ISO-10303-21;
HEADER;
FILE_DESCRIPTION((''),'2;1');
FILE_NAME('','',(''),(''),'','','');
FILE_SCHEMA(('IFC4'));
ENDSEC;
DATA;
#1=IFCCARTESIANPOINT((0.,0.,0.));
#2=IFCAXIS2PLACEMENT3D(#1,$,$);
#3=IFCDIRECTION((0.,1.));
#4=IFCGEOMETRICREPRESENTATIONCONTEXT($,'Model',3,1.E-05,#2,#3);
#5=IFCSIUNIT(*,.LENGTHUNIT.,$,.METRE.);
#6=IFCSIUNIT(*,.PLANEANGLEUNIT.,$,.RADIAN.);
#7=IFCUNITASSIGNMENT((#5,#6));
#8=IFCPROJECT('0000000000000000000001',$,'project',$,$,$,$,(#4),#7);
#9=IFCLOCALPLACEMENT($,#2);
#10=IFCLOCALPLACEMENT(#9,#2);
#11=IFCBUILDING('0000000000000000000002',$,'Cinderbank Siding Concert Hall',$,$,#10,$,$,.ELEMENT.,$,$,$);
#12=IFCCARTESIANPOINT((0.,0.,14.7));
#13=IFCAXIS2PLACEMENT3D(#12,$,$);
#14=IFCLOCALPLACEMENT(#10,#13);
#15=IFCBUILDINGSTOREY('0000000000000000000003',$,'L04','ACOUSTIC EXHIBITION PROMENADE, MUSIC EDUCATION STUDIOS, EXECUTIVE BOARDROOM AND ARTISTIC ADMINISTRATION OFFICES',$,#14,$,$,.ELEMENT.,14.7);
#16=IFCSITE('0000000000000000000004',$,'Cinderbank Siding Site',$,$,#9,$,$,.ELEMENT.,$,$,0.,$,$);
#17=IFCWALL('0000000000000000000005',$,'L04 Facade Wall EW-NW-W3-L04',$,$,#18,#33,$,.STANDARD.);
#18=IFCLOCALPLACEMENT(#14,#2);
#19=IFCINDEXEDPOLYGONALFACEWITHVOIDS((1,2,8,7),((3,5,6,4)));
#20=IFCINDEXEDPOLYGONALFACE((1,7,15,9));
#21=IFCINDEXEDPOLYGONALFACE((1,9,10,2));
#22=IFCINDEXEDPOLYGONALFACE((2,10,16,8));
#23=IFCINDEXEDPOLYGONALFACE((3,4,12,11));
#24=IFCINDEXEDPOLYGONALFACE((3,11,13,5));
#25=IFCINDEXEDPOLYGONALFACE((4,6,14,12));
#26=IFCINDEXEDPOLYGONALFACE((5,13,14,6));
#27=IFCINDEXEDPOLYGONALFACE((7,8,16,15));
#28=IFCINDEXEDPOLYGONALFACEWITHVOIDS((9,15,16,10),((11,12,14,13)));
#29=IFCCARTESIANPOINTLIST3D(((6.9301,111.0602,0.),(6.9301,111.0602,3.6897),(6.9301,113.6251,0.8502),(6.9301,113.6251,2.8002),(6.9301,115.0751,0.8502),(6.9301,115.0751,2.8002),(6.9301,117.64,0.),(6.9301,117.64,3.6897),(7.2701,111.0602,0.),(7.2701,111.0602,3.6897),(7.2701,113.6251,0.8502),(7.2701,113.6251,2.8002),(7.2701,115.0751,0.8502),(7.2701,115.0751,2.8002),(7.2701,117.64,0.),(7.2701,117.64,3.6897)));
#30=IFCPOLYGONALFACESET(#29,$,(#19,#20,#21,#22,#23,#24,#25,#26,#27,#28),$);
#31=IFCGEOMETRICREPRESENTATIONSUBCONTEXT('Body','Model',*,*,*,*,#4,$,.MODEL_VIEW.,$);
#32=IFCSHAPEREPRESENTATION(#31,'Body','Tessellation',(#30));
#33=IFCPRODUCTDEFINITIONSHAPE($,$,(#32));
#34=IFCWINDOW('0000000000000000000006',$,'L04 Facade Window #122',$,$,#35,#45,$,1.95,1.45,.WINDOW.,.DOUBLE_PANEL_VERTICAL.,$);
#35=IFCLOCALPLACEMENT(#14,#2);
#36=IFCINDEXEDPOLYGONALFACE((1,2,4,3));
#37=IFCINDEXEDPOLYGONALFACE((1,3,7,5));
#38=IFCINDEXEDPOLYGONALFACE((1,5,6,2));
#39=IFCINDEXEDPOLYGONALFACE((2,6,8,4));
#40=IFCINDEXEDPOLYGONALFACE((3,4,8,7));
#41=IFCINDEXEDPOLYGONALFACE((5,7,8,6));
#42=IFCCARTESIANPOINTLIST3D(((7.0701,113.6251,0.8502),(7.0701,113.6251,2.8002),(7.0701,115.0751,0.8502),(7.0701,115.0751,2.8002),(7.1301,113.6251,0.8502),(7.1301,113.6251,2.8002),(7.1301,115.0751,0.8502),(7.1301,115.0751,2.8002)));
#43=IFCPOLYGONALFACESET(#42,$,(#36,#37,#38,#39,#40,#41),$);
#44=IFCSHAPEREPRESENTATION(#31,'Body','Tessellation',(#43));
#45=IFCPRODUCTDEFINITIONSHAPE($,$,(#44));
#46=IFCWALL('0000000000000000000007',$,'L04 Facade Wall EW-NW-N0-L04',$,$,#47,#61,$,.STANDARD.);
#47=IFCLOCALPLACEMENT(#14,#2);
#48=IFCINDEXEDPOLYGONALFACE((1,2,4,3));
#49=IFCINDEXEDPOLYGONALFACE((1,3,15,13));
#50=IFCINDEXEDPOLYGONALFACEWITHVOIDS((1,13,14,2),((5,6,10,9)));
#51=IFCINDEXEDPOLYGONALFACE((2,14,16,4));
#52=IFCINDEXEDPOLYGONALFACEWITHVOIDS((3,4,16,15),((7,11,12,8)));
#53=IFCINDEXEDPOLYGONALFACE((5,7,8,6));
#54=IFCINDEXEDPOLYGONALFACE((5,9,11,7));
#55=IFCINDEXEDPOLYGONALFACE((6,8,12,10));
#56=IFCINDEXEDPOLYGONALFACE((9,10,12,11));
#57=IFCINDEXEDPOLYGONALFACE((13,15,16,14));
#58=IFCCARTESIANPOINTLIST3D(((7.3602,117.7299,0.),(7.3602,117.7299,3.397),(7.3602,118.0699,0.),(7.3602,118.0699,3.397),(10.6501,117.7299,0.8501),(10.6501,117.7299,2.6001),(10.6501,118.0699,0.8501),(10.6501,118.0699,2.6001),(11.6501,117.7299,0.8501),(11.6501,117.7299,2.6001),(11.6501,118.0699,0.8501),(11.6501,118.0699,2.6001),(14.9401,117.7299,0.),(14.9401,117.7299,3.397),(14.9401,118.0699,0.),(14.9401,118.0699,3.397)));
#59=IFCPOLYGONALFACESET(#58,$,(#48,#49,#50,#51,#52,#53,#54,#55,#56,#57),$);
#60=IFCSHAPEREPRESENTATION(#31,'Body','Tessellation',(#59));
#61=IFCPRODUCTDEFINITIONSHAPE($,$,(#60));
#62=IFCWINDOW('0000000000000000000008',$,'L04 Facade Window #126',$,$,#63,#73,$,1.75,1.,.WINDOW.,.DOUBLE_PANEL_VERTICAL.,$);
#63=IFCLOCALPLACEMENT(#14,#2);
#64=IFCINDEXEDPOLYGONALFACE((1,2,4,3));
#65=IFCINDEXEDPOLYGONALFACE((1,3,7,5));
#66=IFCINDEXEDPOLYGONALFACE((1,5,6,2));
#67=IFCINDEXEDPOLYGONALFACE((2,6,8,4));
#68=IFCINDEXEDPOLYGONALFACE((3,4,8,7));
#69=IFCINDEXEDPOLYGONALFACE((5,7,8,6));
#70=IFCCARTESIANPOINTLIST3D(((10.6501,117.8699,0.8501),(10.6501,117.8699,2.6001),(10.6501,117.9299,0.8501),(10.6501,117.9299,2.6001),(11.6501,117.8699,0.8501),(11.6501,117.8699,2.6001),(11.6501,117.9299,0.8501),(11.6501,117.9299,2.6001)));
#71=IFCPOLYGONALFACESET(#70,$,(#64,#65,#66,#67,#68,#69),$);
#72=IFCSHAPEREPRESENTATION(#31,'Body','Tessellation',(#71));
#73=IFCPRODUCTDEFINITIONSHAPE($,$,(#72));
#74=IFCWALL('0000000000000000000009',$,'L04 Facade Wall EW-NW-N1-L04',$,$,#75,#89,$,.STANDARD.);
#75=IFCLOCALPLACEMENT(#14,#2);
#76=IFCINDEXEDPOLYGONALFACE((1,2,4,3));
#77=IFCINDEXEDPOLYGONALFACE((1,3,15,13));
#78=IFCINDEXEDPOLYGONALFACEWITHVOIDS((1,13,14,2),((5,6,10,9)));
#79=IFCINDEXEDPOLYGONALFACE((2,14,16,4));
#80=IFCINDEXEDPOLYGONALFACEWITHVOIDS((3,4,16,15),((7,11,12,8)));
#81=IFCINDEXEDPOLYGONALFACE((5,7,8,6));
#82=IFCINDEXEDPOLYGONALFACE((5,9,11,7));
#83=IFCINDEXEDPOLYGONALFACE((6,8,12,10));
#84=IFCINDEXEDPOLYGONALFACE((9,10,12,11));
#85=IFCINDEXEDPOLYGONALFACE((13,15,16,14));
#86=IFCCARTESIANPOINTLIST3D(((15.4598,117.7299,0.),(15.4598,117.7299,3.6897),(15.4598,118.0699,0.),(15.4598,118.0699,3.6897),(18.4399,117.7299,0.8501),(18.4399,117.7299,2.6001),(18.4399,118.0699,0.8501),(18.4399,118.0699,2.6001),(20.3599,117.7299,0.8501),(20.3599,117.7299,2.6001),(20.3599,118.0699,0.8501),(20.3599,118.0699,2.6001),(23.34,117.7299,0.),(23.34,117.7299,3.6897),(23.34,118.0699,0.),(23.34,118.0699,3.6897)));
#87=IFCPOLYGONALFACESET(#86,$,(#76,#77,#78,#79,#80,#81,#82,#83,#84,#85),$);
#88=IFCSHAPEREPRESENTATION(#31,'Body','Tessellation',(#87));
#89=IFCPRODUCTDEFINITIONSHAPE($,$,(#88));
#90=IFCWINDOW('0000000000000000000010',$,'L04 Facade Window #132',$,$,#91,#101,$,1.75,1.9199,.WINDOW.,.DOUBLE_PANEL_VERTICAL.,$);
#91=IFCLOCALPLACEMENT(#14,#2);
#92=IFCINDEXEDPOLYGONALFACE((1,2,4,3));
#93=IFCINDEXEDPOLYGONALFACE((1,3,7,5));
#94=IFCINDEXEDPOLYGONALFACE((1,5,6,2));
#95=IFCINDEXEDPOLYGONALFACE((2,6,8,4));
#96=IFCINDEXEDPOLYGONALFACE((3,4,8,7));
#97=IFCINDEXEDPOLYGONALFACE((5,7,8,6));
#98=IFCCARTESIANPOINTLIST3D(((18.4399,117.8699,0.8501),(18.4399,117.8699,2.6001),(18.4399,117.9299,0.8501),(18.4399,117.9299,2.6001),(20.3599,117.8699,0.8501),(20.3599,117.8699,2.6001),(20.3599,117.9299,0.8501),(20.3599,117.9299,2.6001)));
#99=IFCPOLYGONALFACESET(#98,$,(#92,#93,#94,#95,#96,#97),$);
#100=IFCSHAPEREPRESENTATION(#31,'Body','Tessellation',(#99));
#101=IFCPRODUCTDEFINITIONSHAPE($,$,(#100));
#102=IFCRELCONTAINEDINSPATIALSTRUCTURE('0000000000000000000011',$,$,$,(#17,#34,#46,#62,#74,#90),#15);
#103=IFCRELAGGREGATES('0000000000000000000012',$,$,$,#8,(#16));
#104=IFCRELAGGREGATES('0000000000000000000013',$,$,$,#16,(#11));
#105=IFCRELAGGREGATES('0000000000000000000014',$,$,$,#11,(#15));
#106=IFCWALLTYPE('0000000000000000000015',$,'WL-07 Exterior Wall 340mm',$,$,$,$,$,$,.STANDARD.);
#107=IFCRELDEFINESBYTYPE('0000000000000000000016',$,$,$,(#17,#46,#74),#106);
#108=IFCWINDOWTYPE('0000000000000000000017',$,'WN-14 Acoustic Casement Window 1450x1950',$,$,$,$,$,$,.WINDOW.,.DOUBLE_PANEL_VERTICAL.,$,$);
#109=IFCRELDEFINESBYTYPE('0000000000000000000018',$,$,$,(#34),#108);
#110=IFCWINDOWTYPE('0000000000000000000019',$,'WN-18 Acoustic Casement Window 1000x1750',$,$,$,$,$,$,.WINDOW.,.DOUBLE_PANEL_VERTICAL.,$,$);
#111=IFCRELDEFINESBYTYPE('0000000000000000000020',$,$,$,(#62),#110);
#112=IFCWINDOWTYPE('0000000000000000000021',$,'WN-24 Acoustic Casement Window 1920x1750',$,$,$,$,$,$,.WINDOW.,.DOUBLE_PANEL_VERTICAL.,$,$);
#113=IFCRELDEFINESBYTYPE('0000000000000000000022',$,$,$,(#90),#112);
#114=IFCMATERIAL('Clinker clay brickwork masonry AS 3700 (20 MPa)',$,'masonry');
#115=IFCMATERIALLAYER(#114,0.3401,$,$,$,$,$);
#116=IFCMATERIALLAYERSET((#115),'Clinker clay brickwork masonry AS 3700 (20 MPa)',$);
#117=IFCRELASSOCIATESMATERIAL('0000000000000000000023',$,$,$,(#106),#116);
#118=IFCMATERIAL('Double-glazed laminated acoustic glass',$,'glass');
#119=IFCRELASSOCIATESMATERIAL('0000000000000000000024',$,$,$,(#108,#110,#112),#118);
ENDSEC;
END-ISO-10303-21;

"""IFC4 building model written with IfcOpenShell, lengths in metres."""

from ifc_helpers import new_model, si_unit, direction, frame, frame_2d, origin, place, context, subcontext, project, spatial, rectangle, extrude, material, layer, layer_set, type_object, element, fill, save


model = new_model("IFC4")

# Units and contexts
model_context = context("Model", 3, precision=1e-05, world=origin(), true_north=direction((0.0, 1.0)))
body_context = subcontext(model_context, "Body", "Model", "MODEL_VIEW")
ifc_project = project(units=[si_unit("LENGTHUNIT", "METRE"), si_unit("PLANEANGLEUNIT", "RADIAN")], contexts=[model_context])

# Site, building, storey
site_placement = place(None, origin())
site = spatial("IfcSite", under=ifc_project, at=site_placement, Name="Cinderbank Siding Site", CompositionType="ELEMENT", RefElevation=0.0)
building_placement = place(site_placement, origin())
building = spatial("IfcBuilding", under=site, at=building_placement, Name="Cinderbank Siding Concert Hall", CompositionType="ELEMENT")
storey_placement = place(building_placement, frame((0.0, 0.0, 14.7)))
storey = spatial("IfcBuildingStorey", under=building, at=storey_placement, Name="L04", Description="ACOUSTIC EXHIBITION PROMENADE, MUSIC EDUCATION STUDIOS, EXECUTIVE BOARDROOM AND ARTISTIC ADMINISTRATION OFFICES", CompositionType="ELEMENT", Elevation=14.7)

# Walls, openings, windows
ifc_material_1 = material(Name="Clinker clay brickwork masonry AS 3700 (20 MPa)", Category="masonry")
ifc_layer_1 = layer(ifc_material_1, 0.3401)
ifc_layer_set_1 = layer_set([ifc_layer_1], Name="Clinker clay brickwork masonry AS 3700 (20 MPa)")
wall_type_1 = type_object("IfcWallType", Name="WL-07 Exterior Wall 340mm", PredefinedType="STANDARD", material=ifc_layer_set_1)
ifc_material_2 = material(Name="Double-glazed laminated acoustic glass", Category="glass")
wall_1_placement = place(storey_placement, frame((7.1001, 111.0601, 0.0), z_axis=(0.0, 0.0, 1.0), x_axis=(0.0, 1.0, 0.0)))
wall_1 = element("IfcWall", 1, at=wall_1_placement, inside=storey, type_object=wall_type_1, Name="L04 Facade Wall EW-NW-W3-L04", PredefinedType="STANDARD", context=body_context, shape_type="SweptSolid", body=[
    extrude(rectangle(XDim=6.5798, YDim=0.3401, at=frame_2d((3.29, 0.0))), origin(), (0.0, 0.0, 1.0), 3.6897),
])
opening_1_placement = place(wall_1_placement, frame((2.5649, 0.0, 0.8501)))
opening_1 = element("IfcOpeningElement", 2, at=opening_1_placement, cuts=wall_1, PredefinedType="OPENING", context=body_context, shape_type="SweptSolid", body=[
    extrude(rectangle(XDim=1.45, YDim=1.95, at=frame_2d((0.7251, 0.9751))), frame((0.0, 0.1821, 0.0), z_axis=(0.0, -1.0, 0.0), x_axis=(1.0, 0.0, 0.0)), (0.0, 0.0, 1.0), 0.364),
])
window_type_1 = type_object("IfcWindowType", Name="WN-14 Acoustic Casement Window 1450x1950", PartitioningType="DOUBLE_PANEL_VERTICAL", PredefinedType="WINDOW", material=ifc_material_2)
window_1_placement = place(opening_1_placement, origin())
window_1 = element("IfcWindow", 3, at=window_1_placement, inside=storey, type_object=window_type_1, Name="L04 Facade Window #122", OverallHeight=1.95, OverallWidth=1.45, PartitioningType="DOUBLE_PANEL_VERTICAL", PredefinedType="WINDOW", context=body_context, shape_type="SweptSolid", body=[
    extrude(rectangle(XDim=1.45, YDim=1.95, at=frame_2d((0.7251, 0.9751))), frame((0.0, 0.03, 0.0), z_axis=(0.0, -1.0, 0.0), x_axis=(1.0, 0.0, 0.0)), (0.0, 0.0, 1.0), 0.0601),
])
fill(opening_1, window_1)
wall_2_placement = place(storey_placement, frame((7.3601, 117.8999, 0.0), z_axis=(0.0, 0.0, 1.0), x_axis=(1.0, 0.0, 0.0)))
wall_2 = element("IfcWall", 4, at=wall_2_placement, inside=storey, type_object=wall_type_1, Name="L04 Facade Wall EW-NW-N0-L04", PredefinedType="STANDARD", context=body_context, shape_type="SweptSolid", body=[
    extrude(rectangle(XDim=7.5798, YDim=0.3401, at=frame_2d((3.79, 0.0))), origin(), (0.0, 0.0, 1.0), 3.397),
])
opening_2_placement = place(wall_2_placement, frame((3.29, 0.0, 0.8501)))
opening_2 = element("IfcOpeningElement", 5, at=opening_2_placement, cuts=wall_2, PredefinedType="OPENING", context=body_context, shape_type="SweptSolid", body=[
    extrude(rectangle(XDim=1.0, YDim=1.75, at=frame_2d((0.5, 0.875))), frame((0.0, 0.1821, 0.0), z_axis=(0.0, -1.0, 0.0), x_axis=(1.0, 0.0, 0.0)), (0.0, 0.0, 1.0), 0.364),
])
window_type_2 = type_object("IfcWindowType", Name="WN-18 Acoustic Casement Window 1000x1750", PartitioningType="DOUBLE_PANEL_VERTICAL", PredefinedType="WINDOW", material=ifc_material_2)
window_2_placement = place(opening_2_placement, origin())
window_2 = element("IfcWindow", 6, at=window_2_placement, inside=storey, type_object=window_type_2, Name="L04 Facade Window #126", OverallHeight=1.75, OverallWidth=1.0, PartitioningType="DOUBLE_PANEL_VERTICAL", PredefinedType="WINDOW", context=body_context, shape_type="SweptSolid", body=[
    extrude(rectangle(XDim=1.0, YDim=1.75, at=frame_2d((0.5, 0.875))), frame((0.0, 0.03, 0.0), z_axis=(0.0, -1.0, 0.0), x_axis=(1.0, 0.0, 0.0)), (0.0, 0.0, 1.0), 0.0601),
])
fill(opening_2, window_2)
wall_3_placement = place(storey_placement, frame((15.46, 117.8999, 0.0), z_axis=(0.0, 0.0, 1.0), x_axis=(1.0, 0.0, 0.0)))
wall_3 = element("IfcWall", 7, at=wall_3_placement, inside=storey, type_object=wall_type_1, Name="L04 Facade Wall EW-NW-N1-L04", PredefinedType="STANDARD", context=body_context, shape_type="SweptSolid", body=[
    extrude(rectangle(XDim=7.8801, YDim=0.3401, at=frame_2d((3.9399, 0.0))), origin(), (0.0, 0.0, 1.0), 3.6897),
])
opening_3_placement = place(wall_3_placement, frame((2.98, 0.0, 0.8501)))
opening_3 = element("IfcOpeningElement", 8, at=opening_3_placement, cuts=wall_3, PredefinedType="OPENING", context=body_context, shape_type="SweptSolid", body=[
    extrude(rectangle(XDim=1.9199, YDim=1.75, at=frame_2d((0.96, 0.875))), frame((0.0, 0.1821, 0.0), z_axis=(0.0, -1.0, 0.0), x_axis=(1.0, 0.0, 0.0)), (0.0, 0.0, 1.0), 0.364),
])
window_type_3 = type_object("IfcWindowType", Name="WN-24 Acoustic Casement Window 1920x1750", PartitioningType="DOUBLE_PANEL_VERTICAL", PredefinedType="WINDOW", material=ifc_material_2)
window_3_placement = place(opening_3_placement, origin())
window_3 = element("IfcWindow", 9, at=window_3_placement, inside=storey, type_object=window_type_3, Name="L04 Facade Window #132", OverallHeight=1.75, OverallWidth=1.9199, PartitioningType="DOUBLE_PANEL_VERTICAL", PredefinedType="WINDOW", context=body_context, shape_type="SweptSolid", body=[
    extrude(rectangle(XDim=1.9199, YDim=1.75, at=frame_2d((0.96, 0.875))), frame((0.0, 0.03, 0.0), z_axis=(0.0, -1.0, 0.0), x_axis=(1.0, 0.0, 0.0)), (0.0, 0.0, 1.0), 0.0601),
])
fill(opening_3, window_3)

save(model, "model.ifc")
